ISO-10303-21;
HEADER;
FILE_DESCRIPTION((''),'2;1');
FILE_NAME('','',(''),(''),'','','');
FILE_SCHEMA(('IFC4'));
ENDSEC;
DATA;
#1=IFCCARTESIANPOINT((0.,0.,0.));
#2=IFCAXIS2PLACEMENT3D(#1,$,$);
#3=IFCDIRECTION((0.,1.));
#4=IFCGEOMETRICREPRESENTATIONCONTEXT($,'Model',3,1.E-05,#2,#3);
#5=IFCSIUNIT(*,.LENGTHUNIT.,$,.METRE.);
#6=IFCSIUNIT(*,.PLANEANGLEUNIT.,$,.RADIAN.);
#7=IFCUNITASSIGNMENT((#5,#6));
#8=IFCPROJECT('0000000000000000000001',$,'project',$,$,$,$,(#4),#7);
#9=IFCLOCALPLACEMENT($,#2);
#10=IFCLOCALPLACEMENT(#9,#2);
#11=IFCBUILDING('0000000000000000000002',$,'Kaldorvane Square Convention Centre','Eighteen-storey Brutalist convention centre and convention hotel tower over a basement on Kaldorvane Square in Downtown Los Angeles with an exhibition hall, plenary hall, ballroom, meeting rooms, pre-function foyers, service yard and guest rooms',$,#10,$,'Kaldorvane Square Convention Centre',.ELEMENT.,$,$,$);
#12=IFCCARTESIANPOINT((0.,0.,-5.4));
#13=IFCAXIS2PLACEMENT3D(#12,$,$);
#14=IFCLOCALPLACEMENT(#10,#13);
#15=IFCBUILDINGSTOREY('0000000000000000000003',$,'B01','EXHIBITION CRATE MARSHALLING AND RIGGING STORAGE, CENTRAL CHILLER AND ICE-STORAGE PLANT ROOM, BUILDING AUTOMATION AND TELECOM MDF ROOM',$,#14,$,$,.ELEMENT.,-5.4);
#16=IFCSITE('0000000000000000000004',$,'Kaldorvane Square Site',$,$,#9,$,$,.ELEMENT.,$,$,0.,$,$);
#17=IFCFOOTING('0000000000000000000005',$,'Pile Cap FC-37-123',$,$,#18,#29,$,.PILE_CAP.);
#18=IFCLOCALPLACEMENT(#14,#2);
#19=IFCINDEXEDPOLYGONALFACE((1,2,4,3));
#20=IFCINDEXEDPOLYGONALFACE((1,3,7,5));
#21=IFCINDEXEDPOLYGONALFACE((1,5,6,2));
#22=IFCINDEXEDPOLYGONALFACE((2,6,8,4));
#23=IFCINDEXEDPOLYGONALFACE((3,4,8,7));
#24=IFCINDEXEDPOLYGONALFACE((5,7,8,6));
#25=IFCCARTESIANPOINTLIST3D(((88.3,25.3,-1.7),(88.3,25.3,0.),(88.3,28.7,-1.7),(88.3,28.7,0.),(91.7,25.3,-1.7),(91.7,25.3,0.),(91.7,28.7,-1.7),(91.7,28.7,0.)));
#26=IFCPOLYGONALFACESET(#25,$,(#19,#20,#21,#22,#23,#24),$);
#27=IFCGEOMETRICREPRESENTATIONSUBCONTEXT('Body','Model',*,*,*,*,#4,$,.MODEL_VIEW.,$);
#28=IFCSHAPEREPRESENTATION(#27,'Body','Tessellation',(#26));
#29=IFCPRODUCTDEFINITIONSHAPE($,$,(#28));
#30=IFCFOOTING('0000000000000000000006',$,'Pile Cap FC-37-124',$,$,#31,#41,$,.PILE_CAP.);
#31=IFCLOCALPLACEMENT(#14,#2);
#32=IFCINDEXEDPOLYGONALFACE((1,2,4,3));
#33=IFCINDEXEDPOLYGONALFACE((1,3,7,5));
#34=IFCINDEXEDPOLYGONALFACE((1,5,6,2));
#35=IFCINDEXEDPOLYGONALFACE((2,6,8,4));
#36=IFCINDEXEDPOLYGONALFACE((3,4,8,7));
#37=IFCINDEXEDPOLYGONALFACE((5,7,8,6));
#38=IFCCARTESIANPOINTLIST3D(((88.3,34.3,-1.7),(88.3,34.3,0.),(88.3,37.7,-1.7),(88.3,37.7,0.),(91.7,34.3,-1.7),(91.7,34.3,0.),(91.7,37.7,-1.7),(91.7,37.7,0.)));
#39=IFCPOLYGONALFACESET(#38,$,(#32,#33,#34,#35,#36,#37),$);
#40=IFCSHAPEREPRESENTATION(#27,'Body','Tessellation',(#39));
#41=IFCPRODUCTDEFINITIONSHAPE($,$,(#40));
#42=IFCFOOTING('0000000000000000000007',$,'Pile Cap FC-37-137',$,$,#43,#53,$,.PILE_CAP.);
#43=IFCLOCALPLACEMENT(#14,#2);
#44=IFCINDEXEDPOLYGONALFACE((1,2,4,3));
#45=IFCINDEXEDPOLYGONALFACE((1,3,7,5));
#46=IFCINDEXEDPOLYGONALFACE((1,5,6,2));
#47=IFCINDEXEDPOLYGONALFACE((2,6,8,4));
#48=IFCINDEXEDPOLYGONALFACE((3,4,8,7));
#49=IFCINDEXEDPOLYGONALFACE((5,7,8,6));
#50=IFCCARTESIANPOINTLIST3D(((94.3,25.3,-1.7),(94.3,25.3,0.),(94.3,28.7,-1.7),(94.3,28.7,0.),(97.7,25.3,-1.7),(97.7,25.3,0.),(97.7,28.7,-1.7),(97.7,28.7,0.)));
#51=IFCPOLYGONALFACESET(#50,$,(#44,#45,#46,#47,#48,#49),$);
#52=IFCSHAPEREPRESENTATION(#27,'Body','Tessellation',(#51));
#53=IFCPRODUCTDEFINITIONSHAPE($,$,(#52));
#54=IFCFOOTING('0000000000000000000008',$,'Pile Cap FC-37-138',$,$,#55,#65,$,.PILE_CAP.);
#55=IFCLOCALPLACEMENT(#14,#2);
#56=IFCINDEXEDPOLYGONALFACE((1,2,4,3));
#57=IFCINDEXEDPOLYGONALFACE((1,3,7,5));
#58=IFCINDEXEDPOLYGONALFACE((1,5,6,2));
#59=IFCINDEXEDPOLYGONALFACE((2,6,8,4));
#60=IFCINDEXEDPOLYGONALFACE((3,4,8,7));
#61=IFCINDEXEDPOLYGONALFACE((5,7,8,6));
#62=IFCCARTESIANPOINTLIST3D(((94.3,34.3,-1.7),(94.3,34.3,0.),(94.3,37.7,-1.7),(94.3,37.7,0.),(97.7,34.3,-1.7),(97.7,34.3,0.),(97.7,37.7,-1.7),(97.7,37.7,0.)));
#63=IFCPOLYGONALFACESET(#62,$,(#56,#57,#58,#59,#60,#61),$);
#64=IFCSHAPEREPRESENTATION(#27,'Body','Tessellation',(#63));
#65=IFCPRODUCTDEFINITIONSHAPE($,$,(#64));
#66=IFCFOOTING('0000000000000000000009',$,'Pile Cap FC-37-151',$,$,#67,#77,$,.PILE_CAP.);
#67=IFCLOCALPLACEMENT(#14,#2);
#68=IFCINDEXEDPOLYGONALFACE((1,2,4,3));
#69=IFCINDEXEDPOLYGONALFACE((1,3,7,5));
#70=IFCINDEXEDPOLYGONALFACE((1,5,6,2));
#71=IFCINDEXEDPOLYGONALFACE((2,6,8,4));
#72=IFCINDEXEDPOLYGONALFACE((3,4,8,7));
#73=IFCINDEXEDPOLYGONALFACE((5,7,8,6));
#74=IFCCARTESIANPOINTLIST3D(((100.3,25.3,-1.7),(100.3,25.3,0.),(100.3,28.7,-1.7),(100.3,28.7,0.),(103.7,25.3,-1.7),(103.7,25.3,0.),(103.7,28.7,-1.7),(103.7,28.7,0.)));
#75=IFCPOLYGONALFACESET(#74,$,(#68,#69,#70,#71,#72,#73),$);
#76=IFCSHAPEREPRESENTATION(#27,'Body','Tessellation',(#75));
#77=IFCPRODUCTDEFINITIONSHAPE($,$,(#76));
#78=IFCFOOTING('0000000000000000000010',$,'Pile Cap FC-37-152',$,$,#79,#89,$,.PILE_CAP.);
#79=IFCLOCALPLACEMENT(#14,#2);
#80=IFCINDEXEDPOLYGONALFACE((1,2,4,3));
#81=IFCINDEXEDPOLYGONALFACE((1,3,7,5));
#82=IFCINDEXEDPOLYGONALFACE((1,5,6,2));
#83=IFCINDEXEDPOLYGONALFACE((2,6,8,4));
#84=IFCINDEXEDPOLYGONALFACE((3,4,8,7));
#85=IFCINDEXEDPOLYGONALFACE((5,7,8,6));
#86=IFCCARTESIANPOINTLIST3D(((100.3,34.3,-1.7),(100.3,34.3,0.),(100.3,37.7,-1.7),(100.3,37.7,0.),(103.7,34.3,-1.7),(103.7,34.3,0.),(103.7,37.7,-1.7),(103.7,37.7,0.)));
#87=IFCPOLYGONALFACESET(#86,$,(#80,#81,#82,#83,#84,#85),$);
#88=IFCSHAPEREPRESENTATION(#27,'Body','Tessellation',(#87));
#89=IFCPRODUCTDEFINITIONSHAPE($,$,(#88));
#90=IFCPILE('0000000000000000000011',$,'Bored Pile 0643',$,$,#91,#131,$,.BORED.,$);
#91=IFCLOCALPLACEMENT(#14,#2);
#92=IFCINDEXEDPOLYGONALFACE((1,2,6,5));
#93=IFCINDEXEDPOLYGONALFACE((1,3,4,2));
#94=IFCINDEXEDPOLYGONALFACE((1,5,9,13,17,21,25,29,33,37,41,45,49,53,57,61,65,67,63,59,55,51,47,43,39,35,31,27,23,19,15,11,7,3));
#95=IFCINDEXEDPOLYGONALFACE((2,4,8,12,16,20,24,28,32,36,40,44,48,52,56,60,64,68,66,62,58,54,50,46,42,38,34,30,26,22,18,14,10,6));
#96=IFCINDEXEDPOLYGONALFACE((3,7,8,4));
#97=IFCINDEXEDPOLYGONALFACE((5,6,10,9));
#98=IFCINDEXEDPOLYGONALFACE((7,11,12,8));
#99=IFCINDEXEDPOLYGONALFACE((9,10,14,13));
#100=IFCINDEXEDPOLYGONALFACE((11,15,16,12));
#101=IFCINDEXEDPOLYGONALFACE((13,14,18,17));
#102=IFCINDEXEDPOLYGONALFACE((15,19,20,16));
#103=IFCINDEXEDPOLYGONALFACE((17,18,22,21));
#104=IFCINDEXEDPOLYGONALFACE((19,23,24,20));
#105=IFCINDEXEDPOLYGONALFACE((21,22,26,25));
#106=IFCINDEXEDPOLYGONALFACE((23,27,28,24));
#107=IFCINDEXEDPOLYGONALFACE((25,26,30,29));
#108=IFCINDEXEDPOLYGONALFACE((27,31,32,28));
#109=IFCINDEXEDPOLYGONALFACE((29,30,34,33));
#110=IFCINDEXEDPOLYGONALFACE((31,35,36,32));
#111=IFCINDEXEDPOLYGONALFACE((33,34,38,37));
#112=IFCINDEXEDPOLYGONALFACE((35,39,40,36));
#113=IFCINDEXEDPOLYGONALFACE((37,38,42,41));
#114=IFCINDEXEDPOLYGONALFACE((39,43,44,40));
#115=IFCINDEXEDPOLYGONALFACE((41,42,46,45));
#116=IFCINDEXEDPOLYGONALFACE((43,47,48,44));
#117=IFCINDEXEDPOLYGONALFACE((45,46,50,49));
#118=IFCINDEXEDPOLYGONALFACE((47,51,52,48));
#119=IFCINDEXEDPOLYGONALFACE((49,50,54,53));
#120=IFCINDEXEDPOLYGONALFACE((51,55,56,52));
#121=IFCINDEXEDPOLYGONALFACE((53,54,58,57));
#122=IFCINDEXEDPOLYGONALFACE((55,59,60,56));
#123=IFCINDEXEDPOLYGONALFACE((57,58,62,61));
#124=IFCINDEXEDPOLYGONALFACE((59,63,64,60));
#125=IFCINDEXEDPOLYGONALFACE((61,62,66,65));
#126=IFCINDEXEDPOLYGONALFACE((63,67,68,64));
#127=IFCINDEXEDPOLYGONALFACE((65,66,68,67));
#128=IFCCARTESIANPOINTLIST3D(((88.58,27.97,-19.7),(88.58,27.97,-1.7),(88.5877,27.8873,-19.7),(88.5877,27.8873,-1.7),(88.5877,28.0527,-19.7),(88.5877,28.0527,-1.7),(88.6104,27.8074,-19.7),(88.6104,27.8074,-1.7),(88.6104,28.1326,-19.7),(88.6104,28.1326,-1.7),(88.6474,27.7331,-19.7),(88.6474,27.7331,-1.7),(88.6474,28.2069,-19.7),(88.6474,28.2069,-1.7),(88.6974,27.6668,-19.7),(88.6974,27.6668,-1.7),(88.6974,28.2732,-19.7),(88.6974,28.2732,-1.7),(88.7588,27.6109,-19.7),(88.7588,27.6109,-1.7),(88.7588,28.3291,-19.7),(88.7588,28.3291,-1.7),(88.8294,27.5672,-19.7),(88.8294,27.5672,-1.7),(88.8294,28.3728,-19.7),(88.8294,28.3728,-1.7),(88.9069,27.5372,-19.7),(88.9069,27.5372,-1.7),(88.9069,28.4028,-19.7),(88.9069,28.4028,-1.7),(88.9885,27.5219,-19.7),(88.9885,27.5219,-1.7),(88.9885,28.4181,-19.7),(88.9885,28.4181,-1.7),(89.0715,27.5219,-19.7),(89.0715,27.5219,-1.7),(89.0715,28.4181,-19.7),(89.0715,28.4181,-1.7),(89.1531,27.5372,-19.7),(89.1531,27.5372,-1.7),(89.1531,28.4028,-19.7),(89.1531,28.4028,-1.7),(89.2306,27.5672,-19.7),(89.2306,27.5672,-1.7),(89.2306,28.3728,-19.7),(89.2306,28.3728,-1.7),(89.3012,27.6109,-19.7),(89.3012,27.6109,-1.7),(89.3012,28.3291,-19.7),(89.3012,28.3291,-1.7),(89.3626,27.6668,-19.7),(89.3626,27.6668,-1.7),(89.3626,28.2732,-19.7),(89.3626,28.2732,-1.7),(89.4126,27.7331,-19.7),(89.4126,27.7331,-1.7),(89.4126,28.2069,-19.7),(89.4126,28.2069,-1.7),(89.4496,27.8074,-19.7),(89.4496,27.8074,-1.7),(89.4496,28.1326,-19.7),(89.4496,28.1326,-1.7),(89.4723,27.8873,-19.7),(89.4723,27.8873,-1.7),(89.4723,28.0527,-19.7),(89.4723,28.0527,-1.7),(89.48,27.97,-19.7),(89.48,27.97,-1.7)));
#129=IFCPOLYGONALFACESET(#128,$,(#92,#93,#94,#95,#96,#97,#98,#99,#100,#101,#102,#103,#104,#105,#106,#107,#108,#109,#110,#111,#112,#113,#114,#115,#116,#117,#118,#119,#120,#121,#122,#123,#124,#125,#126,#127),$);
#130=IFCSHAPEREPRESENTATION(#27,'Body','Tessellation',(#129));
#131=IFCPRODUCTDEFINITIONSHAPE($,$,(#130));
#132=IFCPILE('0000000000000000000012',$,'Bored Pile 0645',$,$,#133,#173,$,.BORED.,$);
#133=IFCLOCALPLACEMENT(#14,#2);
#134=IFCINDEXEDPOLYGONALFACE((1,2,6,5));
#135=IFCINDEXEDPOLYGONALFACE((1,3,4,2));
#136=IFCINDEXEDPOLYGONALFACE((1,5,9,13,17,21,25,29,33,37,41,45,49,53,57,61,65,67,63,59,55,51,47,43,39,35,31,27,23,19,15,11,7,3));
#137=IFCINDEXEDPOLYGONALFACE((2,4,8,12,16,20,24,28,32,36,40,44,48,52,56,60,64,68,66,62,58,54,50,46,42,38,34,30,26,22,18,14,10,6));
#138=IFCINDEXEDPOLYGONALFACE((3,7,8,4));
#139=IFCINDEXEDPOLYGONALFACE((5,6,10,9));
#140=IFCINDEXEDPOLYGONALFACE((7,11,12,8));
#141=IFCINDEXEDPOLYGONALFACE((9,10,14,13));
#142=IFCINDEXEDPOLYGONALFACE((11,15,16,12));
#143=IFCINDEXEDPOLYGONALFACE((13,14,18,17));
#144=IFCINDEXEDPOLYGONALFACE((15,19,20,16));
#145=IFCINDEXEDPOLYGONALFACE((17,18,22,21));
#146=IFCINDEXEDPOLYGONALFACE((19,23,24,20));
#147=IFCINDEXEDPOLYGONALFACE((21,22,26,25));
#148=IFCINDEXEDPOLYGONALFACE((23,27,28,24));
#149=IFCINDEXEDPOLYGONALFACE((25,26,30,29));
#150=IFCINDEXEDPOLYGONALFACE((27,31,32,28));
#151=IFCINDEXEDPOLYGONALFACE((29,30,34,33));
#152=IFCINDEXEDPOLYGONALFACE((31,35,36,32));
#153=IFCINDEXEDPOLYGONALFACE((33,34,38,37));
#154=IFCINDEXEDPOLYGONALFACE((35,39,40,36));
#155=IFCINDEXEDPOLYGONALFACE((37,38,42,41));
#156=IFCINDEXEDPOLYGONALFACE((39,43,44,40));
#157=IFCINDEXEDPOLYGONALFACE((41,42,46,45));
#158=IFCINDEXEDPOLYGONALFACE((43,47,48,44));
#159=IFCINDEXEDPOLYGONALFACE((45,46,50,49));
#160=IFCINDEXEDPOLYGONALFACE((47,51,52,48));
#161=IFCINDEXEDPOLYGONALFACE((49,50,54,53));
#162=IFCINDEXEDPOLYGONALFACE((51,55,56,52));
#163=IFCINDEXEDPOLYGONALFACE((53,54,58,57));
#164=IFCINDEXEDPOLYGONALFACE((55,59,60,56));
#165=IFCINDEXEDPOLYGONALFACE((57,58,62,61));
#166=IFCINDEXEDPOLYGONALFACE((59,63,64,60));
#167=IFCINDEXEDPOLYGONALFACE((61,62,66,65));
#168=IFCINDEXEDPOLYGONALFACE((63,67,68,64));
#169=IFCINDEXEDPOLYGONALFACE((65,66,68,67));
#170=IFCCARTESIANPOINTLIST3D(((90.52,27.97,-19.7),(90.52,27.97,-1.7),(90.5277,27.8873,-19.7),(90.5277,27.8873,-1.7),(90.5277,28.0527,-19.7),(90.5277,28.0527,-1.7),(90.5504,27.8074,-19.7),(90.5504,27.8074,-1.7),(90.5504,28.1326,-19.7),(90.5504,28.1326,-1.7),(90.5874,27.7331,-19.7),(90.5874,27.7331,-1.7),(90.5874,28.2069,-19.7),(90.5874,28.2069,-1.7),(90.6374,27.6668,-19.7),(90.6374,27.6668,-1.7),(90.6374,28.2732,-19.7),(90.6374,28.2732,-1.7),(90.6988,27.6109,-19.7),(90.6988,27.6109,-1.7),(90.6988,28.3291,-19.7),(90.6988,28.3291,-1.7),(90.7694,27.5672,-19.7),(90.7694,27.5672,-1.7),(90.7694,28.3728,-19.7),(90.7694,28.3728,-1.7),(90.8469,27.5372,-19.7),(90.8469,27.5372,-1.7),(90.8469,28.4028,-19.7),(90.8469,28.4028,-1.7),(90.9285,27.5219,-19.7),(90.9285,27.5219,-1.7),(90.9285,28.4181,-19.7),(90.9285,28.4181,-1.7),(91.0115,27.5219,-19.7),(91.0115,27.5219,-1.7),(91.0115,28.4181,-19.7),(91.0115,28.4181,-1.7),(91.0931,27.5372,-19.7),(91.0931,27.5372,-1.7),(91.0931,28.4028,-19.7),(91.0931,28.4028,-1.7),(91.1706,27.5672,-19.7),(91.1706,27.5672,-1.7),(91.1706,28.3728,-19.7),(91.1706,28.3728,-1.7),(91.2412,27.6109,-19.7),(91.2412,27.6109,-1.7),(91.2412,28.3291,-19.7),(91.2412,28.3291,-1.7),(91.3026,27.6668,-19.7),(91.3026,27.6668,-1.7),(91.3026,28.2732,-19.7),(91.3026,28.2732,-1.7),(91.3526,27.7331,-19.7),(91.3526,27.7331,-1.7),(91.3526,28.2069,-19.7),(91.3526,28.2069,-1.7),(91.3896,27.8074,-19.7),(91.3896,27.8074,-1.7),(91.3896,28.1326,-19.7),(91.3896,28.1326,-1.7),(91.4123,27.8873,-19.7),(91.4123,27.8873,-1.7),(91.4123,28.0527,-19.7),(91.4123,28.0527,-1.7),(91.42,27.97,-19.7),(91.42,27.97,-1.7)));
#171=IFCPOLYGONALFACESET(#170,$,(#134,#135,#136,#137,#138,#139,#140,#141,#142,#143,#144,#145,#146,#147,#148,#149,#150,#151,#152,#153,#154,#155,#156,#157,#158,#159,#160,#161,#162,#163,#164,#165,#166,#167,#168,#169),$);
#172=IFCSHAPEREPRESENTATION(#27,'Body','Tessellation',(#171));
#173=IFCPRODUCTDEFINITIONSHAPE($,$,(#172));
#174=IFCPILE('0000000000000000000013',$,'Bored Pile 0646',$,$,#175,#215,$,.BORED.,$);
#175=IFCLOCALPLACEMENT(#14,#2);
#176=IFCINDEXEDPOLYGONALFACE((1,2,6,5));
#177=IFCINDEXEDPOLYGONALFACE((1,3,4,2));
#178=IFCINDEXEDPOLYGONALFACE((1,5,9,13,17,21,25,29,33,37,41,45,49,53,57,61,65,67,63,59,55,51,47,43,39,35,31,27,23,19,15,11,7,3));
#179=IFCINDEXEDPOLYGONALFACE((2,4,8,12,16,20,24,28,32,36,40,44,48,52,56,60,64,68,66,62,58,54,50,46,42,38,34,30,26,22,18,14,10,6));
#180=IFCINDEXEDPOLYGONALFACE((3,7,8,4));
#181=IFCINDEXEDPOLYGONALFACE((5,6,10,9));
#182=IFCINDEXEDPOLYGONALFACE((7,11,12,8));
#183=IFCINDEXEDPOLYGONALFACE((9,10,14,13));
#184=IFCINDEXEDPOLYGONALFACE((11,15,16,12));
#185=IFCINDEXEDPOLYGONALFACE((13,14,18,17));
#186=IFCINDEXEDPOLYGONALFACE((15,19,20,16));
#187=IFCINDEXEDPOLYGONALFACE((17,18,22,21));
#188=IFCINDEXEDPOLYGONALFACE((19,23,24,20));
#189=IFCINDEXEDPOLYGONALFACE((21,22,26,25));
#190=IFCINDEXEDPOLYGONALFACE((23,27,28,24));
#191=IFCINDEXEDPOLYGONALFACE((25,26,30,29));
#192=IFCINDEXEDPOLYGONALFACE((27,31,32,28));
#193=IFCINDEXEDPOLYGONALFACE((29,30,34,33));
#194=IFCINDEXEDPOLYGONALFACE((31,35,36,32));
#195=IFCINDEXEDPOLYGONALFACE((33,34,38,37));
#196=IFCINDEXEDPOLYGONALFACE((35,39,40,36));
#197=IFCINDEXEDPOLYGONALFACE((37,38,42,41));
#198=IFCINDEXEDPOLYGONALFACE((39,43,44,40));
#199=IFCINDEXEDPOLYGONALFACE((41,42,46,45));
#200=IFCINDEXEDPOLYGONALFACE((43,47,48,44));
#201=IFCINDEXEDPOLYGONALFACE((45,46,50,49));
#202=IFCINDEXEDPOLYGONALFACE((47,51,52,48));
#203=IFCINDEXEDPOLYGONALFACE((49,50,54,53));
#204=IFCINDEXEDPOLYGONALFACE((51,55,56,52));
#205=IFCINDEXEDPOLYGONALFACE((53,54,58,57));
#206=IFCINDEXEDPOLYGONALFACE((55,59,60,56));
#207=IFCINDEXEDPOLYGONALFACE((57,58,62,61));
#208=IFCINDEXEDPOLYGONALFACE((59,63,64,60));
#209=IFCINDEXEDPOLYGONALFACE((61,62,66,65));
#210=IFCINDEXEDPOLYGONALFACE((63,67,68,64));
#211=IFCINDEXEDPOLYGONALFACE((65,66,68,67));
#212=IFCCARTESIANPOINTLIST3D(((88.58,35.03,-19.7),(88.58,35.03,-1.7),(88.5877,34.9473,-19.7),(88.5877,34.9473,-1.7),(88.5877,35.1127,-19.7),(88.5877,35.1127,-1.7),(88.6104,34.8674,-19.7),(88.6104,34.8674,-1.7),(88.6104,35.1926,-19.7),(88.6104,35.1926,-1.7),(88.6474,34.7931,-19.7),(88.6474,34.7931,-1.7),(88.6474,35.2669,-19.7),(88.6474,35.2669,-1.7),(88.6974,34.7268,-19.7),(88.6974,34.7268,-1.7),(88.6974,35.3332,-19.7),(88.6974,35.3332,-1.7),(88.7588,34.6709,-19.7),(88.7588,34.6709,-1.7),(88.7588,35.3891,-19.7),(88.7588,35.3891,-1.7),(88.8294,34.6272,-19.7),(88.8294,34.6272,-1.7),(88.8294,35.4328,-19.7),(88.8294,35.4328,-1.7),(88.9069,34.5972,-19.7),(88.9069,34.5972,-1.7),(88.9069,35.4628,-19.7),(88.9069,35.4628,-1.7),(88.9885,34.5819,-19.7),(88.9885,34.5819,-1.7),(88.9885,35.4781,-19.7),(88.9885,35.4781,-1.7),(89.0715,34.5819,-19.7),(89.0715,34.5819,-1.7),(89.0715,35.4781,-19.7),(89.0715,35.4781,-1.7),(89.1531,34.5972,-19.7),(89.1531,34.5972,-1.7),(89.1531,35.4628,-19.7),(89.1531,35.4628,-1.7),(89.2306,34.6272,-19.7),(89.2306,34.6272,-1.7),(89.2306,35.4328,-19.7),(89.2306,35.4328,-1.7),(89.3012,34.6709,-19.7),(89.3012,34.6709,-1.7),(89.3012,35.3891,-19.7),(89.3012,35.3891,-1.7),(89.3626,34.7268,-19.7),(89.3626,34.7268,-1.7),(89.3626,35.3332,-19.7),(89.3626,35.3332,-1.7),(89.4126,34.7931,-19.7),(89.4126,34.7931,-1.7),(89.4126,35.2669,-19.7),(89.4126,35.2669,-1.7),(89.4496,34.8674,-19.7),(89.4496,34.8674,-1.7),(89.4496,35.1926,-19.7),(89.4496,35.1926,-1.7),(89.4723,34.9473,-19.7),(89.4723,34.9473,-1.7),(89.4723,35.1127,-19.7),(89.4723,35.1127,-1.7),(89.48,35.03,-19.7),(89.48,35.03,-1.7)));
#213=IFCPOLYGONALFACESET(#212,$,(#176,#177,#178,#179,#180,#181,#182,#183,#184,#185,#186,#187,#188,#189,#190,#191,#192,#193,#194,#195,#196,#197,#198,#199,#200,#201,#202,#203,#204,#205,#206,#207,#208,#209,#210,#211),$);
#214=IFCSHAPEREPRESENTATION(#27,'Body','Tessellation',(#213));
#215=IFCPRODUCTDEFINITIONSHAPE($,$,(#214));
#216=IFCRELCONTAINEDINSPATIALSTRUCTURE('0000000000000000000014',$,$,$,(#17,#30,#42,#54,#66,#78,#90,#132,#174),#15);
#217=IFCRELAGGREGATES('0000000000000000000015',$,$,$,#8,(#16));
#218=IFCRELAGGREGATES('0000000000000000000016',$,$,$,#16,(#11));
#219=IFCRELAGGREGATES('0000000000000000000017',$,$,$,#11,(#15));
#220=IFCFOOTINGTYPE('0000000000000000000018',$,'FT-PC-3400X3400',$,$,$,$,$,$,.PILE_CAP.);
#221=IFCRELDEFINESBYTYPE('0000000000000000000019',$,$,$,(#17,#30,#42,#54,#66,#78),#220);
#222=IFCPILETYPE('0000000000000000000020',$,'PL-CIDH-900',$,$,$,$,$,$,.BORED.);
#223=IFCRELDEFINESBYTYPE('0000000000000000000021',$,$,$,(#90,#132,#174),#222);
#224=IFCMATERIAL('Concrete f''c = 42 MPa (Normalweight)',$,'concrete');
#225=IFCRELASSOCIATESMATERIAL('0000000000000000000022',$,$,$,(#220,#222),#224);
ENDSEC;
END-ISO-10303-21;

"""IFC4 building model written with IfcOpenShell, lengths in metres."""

from ifc_helpers import new_model, si_unit, direction, frame, origin, origin_2d, place, context, subcontext, project, spatial, rectangle, circle, extrude, material, material_profile, profile_set, type_object, element, save


model = new_model("IFC4")

# Units and contexts
model_context = context("Model", 3, precision=1e-05, world=origin(), true_north=direction((0.0, 1.0)))
body_context = subcontext(model_context, "Body", "Model", "MODEL_VIEW")
ifc_project = project(units=[si_unit("LENGTHUNIT", "METRE"), si_unit("PLANEANGLEUNIT", "RADIAN")], contexts=[model_context])

# Site, building, storey
site_placement = place(None, origin())
site = spatial("IfcSite", under=ifc_project, at=site_placement, Name="Kaldorvane Square Site", CompositionType="ELEMENT", RefElevation=0.0)
building_placement = place(site_placement, origin())
building = spatial("IfcBuilding", under=site, at=building_placement, Name="Kaldorvane Square Convention Centre", Description="Eighteen-storey Brutalist convention centre and convention hotel tower over a basement on Kaldorvane Square in Downtown Los Angeles with an exhibition hall, plenary hall, ballroom, meeting rooms, pre-function foyers, service yard and guest rooms", LongName="Kaldorvane Square Convention Centre", CompositionType="ELEMENT")
storey_placement = place(building_placement, frame((0.0, 0.0, -5.4)))
storey = spatial("IfcBuildingStorey", under=building, at=storey_placement, Name="B01", Description="EXHIBITION CRATE MARSHALLING AND RIGGING STORAGE, CENTRAL CHILLER AND ICE-STORAGE PLANT ROOM, BUILDING AUTOMATION AND TELECOM MDF ROOM", CompositionType="ELEMENT", Elevation=-5.4)

# Footings
ifc_material_1 = material(Name="Concrete f'c = 42 MPa (Normalweight)", Category="concrete")
footing_type = type_object("IfcFootingType", Name="FT-PC-3400X3400", PredefinedType="PILE_CAP", material=ifc_material_1)
for number, where, z_axis, x_axis, name in (
    (1, (90.0, 27.0, -1.7), (0.0, 0.0, 1.0), (1.0, 0.0, 0.0), "Pile Cap FC-37-123"),
    (2, (90.0, 36.0, -1.7), (0.0, 0.0, 1.0), (1.0, 0.0, 0.0), "Pile Cap FC-37-124"),
    (3, (96.0, 27.0, -1.7), (0.0, 0.0, 1.0), (1.0, 0.0, 0.0), "Pile Cap FC-37-137"),
    (4, (96.0, 36.0, -1.7), (0.0, 0.0, 1.0), (1.0, 0.0, 0.0), "Pile Cap FC-37-138"),
    (5, (102.0, 27.0, -1.7), (0.0, 0.0, 1.0), (1.0, 0.0, 0.0), "Pile Cap FC-37-151"),
    (6, (102.0, 36.0, -1.7), (0.0, 0.0, 1.0), (1.0, 0.0, 0.0), "Pile Cap FC-37-152"),
):
    element("IfcFooting", number, at=place(storey_placement, frame(where, z_axis=z_axis, x_axis=x_axis)), inside=storey, type_object=footing_type, Name=name, PredefinedType="PILE_CAP", context=body_context, shape_type="SweptSolid", body=[
        extrude(rectangle(XDim=3.4, YDim=3.4, at=origin_2d()), origin(), (0.0, 0.0, 1.0), 1.7),
    ])

# Piles
ifc_material_profile_1 = material_profile(ifc_material_1, circle(Radius=0.45, at=origin_2d()), Name="PILE-D900")
ifc_profile_set_1 = profile_set([ifc_material_profile_1], Name="Concrete f'c = 42 MPa (Normalweight)")
pile_type = type_object("IfcPileType", Name="PL-CIDH-900", PredefinedType="BORED", material=ifc_profile_set_1)
for number, where, z_axis, x_axis, name in (
    (7, (89.03, 27.97, -1.7), (0.0, 0.0, -1.0), (1.0, 0.0, 0.0), "Bored Pile 0643"),
    (8, (90.97, 27.97, -1.7), (0.0, 0.0, -1.0), (1.0, 0.0, 0.0), "Bored Pile 0645"),
    (9, (89.03, 35.03, -1.7), (0.0, 0.0, -1.0), (1.0, 0.0, 0.0), "Bored Pile 0646"),
):
    element("IfcPile", number, at=place(storey_placement, frame(where, z_axis=z_axis, x_axis=x_axis)), inside=storey, type_object=pile_type, Name=name, PredefinedType="BORED", context=body_context, shape_type="SweptSolid", body=[
        extrude(circle(Radius=0.45, at=origin_2d()), origin(), (0.0, 0.0, 1.0), 18.0),
    ])

save(model, "model.ifc")
